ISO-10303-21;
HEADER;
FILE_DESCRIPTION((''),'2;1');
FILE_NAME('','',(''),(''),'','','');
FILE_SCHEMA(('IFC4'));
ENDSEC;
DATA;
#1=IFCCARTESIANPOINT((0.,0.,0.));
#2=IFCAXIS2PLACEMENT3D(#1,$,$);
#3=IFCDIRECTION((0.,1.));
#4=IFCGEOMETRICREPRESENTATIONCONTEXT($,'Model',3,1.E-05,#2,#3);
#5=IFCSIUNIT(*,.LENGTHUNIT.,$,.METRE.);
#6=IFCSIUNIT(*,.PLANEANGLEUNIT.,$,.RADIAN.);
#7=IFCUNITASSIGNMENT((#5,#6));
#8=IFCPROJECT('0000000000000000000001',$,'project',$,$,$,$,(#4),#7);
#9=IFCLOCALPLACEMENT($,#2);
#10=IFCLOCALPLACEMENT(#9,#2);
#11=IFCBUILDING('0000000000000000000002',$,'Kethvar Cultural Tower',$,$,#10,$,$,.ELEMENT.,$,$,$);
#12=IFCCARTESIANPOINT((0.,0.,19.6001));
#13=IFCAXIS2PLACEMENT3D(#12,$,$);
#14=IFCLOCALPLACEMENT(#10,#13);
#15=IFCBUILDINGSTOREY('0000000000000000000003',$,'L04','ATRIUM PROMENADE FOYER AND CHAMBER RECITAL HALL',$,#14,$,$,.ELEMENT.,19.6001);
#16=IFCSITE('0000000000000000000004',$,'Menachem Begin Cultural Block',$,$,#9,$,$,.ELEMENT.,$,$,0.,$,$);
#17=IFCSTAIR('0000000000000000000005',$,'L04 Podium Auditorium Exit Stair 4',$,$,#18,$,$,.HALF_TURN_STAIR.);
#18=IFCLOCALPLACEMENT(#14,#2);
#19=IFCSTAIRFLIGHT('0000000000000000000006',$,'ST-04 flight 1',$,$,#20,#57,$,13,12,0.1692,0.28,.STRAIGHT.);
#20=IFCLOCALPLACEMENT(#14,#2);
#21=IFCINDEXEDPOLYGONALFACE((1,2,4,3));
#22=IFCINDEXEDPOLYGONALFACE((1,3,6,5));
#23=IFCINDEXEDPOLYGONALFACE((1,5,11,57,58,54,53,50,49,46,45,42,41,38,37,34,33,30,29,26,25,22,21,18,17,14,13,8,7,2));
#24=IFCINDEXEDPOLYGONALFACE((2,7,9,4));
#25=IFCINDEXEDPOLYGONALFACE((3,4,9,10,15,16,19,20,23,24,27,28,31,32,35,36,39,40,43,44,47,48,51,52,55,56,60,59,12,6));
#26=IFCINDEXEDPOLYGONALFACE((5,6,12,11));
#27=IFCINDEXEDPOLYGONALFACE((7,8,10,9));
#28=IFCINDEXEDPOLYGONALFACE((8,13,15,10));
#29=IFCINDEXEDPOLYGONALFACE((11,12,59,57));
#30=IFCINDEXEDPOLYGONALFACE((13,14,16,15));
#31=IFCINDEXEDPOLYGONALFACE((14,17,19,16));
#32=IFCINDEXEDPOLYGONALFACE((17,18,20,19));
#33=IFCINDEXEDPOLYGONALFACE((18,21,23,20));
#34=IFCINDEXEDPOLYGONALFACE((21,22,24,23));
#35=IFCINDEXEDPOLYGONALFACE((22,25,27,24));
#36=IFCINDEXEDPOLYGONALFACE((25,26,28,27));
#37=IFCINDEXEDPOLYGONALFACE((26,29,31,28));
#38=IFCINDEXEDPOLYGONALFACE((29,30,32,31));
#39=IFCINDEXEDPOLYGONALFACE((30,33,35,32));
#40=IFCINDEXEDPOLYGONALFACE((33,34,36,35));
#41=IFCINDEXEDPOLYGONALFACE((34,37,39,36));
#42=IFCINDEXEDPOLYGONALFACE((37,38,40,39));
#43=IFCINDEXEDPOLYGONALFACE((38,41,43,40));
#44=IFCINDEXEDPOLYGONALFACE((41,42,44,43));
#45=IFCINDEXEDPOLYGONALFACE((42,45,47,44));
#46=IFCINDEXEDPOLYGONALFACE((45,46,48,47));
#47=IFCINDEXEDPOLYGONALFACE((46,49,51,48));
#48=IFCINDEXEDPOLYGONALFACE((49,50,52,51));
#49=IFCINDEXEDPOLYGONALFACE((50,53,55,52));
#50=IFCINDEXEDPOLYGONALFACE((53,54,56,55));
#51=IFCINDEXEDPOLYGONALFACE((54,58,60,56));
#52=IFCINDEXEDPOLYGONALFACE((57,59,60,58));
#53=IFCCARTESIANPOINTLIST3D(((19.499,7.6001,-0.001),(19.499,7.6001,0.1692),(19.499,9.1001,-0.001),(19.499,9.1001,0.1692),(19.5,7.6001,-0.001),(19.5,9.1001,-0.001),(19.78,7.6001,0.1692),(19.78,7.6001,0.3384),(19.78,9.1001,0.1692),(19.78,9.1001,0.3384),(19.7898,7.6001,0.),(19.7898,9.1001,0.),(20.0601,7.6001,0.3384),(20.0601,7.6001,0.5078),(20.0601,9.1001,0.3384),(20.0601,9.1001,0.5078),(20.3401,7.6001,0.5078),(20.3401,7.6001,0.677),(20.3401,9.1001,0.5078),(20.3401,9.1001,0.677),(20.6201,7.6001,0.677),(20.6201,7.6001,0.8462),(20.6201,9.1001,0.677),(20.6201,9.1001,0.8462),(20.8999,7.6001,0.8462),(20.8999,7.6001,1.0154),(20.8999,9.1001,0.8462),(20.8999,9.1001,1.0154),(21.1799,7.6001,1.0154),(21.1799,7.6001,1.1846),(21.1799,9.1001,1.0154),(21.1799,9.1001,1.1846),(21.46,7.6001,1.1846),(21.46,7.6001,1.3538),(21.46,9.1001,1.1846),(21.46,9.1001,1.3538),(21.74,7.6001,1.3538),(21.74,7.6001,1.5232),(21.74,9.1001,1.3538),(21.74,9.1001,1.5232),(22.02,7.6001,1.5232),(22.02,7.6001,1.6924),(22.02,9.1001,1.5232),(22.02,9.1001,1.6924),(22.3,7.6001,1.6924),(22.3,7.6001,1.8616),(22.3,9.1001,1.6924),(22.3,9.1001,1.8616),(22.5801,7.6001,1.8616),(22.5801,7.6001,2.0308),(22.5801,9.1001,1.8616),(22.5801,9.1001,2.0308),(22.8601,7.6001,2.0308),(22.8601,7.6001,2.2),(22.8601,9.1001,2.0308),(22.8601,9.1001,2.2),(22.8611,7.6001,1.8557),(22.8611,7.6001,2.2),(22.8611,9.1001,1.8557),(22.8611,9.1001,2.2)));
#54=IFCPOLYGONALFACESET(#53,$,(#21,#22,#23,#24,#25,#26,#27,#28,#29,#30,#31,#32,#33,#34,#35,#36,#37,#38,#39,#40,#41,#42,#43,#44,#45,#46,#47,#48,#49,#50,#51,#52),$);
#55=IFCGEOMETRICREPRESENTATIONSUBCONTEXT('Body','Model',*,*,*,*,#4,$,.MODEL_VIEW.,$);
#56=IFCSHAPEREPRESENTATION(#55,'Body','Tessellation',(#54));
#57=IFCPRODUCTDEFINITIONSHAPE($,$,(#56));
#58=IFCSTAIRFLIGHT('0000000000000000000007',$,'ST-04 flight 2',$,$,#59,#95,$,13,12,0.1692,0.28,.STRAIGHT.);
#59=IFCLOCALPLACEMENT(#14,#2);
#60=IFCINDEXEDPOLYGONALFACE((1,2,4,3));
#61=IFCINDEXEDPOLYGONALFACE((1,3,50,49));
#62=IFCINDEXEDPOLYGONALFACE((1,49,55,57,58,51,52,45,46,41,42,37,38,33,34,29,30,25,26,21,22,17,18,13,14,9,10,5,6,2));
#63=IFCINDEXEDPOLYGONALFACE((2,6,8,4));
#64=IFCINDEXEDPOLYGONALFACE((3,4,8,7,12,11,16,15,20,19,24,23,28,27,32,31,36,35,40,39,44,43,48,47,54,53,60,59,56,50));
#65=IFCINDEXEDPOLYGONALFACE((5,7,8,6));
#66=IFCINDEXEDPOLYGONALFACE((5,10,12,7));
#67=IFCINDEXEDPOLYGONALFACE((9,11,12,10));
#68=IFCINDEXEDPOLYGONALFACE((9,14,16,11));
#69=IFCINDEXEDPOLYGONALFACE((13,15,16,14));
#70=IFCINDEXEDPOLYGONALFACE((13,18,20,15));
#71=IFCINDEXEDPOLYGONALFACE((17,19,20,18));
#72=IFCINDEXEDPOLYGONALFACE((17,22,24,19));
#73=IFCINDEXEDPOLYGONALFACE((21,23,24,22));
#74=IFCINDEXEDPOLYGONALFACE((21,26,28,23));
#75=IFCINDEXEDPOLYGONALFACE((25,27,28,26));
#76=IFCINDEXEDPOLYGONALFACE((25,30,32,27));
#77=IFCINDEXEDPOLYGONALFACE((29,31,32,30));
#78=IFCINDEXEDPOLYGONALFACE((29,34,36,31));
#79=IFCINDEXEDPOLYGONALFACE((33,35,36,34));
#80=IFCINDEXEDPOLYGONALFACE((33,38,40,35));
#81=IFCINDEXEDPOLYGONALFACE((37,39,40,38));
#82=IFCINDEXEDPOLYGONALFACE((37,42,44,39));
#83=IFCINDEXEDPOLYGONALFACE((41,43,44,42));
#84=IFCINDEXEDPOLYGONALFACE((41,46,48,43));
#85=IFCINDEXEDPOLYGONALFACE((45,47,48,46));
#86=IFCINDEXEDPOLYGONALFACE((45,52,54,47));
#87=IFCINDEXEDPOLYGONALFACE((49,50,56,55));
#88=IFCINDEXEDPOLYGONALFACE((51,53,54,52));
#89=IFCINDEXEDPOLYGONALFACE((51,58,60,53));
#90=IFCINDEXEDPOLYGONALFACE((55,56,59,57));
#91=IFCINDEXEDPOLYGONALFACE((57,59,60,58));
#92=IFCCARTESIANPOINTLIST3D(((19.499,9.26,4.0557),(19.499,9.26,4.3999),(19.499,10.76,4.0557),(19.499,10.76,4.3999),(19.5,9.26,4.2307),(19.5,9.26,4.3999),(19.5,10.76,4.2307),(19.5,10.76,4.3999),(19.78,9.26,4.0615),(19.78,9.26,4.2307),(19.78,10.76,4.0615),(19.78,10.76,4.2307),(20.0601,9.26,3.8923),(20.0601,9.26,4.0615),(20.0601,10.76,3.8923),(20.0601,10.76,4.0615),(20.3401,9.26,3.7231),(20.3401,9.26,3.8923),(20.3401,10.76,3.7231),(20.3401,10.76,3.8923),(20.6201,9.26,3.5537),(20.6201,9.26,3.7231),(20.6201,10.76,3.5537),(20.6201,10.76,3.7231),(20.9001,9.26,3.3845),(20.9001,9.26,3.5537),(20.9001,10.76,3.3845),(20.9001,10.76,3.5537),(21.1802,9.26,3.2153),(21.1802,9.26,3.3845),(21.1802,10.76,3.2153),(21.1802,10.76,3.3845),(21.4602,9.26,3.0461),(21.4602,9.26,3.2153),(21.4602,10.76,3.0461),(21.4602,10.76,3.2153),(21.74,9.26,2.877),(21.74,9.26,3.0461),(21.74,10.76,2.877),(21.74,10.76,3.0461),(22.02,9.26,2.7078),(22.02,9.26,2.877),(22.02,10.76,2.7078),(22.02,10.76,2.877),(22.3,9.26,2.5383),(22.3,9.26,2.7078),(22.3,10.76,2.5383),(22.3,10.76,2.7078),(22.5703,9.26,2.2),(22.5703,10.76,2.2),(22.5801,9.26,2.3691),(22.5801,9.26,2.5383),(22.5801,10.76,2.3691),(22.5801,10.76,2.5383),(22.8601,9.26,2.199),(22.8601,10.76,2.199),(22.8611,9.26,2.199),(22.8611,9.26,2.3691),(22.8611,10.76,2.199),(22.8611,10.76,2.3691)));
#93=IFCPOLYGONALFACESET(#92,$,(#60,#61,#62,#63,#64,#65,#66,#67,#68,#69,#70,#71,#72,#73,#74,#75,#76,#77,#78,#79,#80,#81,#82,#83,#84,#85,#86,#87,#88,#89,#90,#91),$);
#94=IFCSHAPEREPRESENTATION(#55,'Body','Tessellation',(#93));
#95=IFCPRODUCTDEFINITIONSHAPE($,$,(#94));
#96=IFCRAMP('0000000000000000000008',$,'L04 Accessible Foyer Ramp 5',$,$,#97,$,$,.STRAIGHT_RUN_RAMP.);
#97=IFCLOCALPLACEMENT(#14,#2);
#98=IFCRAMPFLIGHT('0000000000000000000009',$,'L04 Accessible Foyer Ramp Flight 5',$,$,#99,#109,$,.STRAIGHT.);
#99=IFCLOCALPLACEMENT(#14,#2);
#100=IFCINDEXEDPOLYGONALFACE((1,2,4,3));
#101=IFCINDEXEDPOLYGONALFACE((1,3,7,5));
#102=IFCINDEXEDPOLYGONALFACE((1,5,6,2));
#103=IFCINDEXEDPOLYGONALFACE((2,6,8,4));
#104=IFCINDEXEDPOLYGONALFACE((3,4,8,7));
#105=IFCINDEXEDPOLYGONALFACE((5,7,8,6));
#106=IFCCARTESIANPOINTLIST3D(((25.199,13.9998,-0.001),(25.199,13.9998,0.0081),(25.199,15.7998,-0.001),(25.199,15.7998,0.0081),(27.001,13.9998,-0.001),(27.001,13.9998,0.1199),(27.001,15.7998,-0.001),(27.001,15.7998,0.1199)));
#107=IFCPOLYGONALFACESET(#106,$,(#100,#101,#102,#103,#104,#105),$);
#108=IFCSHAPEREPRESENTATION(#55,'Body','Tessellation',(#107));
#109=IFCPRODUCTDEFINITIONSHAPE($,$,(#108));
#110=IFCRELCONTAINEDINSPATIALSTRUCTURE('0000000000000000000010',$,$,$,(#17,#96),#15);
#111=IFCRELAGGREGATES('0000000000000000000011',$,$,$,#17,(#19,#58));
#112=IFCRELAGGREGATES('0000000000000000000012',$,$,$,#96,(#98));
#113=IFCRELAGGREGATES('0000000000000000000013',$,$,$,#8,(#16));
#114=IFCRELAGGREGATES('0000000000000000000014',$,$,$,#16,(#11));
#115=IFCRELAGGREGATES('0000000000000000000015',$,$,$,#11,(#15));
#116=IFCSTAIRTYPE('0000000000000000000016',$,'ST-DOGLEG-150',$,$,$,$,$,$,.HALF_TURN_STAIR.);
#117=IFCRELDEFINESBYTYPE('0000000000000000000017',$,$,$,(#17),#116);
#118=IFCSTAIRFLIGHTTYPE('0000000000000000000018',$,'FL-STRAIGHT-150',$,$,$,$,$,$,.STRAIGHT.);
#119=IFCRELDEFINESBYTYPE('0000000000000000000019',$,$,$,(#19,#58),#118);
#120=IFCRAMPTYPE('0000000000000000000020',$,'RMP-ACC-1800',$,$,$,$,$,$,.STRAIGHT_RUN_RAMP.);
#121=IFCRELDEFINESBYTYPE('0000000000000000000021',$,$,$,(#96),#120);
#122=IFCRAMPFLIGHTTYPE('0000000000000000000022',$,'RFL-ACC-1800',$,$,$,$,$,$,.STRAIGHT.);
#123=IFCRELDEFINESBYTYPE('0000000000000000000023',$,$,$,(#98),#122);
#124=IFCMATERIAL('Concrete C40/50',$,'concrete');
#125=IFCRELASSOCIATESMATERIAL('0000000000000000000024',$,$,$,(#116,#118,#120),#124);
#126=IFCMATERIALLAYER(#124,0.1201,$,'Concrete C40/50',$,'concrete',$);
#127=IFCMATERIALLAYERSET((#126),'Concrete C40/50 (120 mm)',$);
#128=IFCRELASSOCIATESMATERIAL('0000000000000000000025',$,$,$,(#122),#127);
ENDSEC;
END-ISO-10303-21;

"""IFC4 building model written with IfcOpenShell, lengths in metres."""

from ifc_helpers import new_model, si_unit, direction, frame, origin, place, context, subcontext, project, spatial, polyline, outline, extrude, material, layer, layer_set, type_object, element, aggregate, save


model = new_model("IFC4")

# Units and contexts
model_context = context("Model", 3, precision=1e-05, world=origin(), true_north=direction((0.0, 1.0)))
body_context = subcontext(model_context, "Body", "Model", "MODEL_VIEW")
ifc_project = project(units=[si_unit("LENGTHUNIT", "METRE"), si_unit("PLANEANGLEUNIT", "RADIAN")], contexts=[model_context])

# Site, building, storey
site_placement = place(None, origin())
site = spatial("IfcSite", under=ifc_project, at=site_placement, Name="Menachem Begin Cultural Block", CompositionType="ELEMENT", RefElevation=0.0)
building_placement = place(site_placement, origin())
building = spatial("IfcBuilding", under=site, at=building_placement, Name="Kethvar Cultural Tower", CompositionType="ELEMENT")
storey_placement = place(building_placement, frame((0.0, 0.0, 19.6001)))
storey = spatial("IfcBuildingStorey", under=building, at=storey_placement, Name="L04", Description="ATRIUM PROMENADE FOYER AND CHAMBER RECITAL HALL", CompositionType="ELEMENT", Elevation=19.6001)

# Stair, stair flights
ifc_material_1 = material(Name="Concrete C40/50", Category="concrete")
stair_type = type_object("IfcStairType", Name="ST-DOGLEG-150", PredefinedType="HALF_TURN_STAIR", material=ifc_material_1)
stair_placement = place(storey_placement, origin())
stair = element("IfcStair", 1, at=stair_placement, inside=storey, type_object=stair_type, Name="L04 Podium Auditorium Exit Stair 4", PredefinedType="HALF_TURN_STAIR")
stair_flight_type = type_object("IfcStairFlightType", Name="FL-STRAIGHT-150", PredefinedType="STRAIGHT", material=ifc_material_1)
stair_flight_1_placement = place(storey_placement, frame((19.5, 8.3501, 0.0), z_axis=(0.0, 0.0, 1.0), x_axis=(1.0, 0.0, 0.0)))
stair_flight_1 = element("IfcStairFlight", 2, at=stair_flight_1_placement, type_object=stair_flight_type, Name="ST-04 flight 1", NumberOfRisers=13, NumberOfTreads=12, PredefinedType="STRAIGHT", RiserHeight=0.1692, TreadLength=0.28, context=body_context, shape_type="SweptSolid", body=[
    extrude(outline(polyline([(-0.001, -0.001), (-0.001, 0.1692), (0.28, 0.1692), (0.28, 0.3384), (0.5601, 0.3384), (0.5601, 0.5078), (0.8401, 0.5078), (0.8401, 0.677), (1.1201, 0.677), (1.1201, 0.8462), (1.3999, 0.8462), (1.3999, 1.0154), (1.6799, 1.0154), (1.6799, 1.1846), (1.96, 1.1846), (1.96, 1.3538), (2.24, 1.3538), (2.24, 1.5232), (2.52, 1.5232), (2.52, 1.6924), (2.8, 1.6924), (2.8, 1.8616), (3.0801, 1.8616), (3.0801, 2.0308), (3.3601, 2.0308), (3.3601, 2.2), (3.3611, 2.2), (3.3611, 1.8557), (0.2898, 0.0), (0.0, -0.001), (-0.001, -0.001)])), frame((0.0, 0.75, 0.0), z_axis=(0.0, -1.0, 0.0), x_axis=(1.0, 0.0, 0.0)), (0.0, 0.0, 1.0), 1.5),
])
stair_flight_2_placement = place(storey_placement, frame((22.8601, 10.01, 2.2), z_axis=(0.0, 0.0, 1.0), x_axis=(-1.0, 0.0, 0.0)))
stair_flight_2 = element("IfcStairFlight", 3, at=stair_flight_2_placement, type_object=stair_flight_type, Name="ST-04 flight 2", NumberOfRisers=13, NumberOfTreads=12, PredefinedType="STRAIGHT", RiserHeight=0.1692, TreadLength=0.28, context=body_context, shape_type="SweptSolid", body=[
    extrude(outline(polyline([(-0.001, -0.001), (-0.001, 0.1692), (0.28, 0.1692), (0.28, 0.3384), (0.5601, 0.3384), (0.5601, 0.5078), (0.8401, 0.5078), (0.8401, 0.677), (1.1201, 0.677), (1.1201, 0.8462), (1.3999, 0.8462), (1.3999, 1.0154), (1.6799, 1.0154), (1.6799, 1.1846), (1.96, 1.1846), (1.96, 1.3538), (2.24, 1.3538), (2.24, 1.5232), (2.52, 1.5232), (2.52, 1.6924), (2.8, 1.6924), (2.8, 1.8616), (3.0801, 1.8616), (3.0801, 2.0308), (3.3601, 2.0308), (3.3601, 2.2), (3.3611, 2.2), (3.3611, 1.8557), (0.2898, 0.0), (0.0, -0.001), (-0.001, -0.001)])), frame((0.0, 0.75, 0.0), z_axis=(0.0, -1.0, 0.0), x_axis=(1.0, 0.0, 0.0)), (0.0, 0.0, 1.0), 1.5),
])
aggregate(stair, [stair_flight_1, stair_flight_2])

# Ramp, ramp flight
ramp_type = type_object("IfcRampType", Name="RMP-ACC-1800", PredefinedType="STRAIGHT_RUN_RAMP", material=ifc_material_1)
ramp_placement = place(storey_placement, origin())
ramp = element("IfcRamp", 4, at=ramp_placement, inside=storey, type_object=ramp_type, Name="L04 Accessible Foyer Ramp 5", PredefinedType="STRAIGHT_RUN_RAMP")
ifc_layer_1 = layer(ifc_material_1, 0.1201, Name="Concrete C40/50", Category="concrete")
ifc_layer_set_1 = layer_set([ifc_layer_1], Name="Concrete C40/50 (120 mm)")
ramp_flight_type = type_object("IfcRampFlightType", Name="RFL-ACC-1800", PredefinedType="STRAIGHT", material=ifc_layer_set_1)
ramp_flight_placement = place(storey_placement, frame((25.2, 14.8999, 0.0), z_axis=(0.0, 0.0, 1.0), x_axis=(1.0, 0.0, 0.0)))
ramp_flight = element("IfcRampFlight", 5, at=ramp_flight_placement, type_object=ramp_flight_type, Name="L04 Accessible Foyer Ramp Flight 5", PredefinedType="STRAIGHT", context=body_context, shape_type="SweptSolid", body=[
    extrude(outline(polyline([(-0.001, -0.001), (1.801, -0.001), (1.801, 0.1199), (-0.001, 0.0081), (-0.001, -0.001)])), frame((0.0, 0.8999, 0.0), z_axis=(0.0, -1.0, 0.0), x_axis=(1.0, 0.0, 0.0)), (0.0, 0.0, 1.0), 1.8),
])
aggregate(ramp, [ramp_flight])

save(model, "model.ifc")
